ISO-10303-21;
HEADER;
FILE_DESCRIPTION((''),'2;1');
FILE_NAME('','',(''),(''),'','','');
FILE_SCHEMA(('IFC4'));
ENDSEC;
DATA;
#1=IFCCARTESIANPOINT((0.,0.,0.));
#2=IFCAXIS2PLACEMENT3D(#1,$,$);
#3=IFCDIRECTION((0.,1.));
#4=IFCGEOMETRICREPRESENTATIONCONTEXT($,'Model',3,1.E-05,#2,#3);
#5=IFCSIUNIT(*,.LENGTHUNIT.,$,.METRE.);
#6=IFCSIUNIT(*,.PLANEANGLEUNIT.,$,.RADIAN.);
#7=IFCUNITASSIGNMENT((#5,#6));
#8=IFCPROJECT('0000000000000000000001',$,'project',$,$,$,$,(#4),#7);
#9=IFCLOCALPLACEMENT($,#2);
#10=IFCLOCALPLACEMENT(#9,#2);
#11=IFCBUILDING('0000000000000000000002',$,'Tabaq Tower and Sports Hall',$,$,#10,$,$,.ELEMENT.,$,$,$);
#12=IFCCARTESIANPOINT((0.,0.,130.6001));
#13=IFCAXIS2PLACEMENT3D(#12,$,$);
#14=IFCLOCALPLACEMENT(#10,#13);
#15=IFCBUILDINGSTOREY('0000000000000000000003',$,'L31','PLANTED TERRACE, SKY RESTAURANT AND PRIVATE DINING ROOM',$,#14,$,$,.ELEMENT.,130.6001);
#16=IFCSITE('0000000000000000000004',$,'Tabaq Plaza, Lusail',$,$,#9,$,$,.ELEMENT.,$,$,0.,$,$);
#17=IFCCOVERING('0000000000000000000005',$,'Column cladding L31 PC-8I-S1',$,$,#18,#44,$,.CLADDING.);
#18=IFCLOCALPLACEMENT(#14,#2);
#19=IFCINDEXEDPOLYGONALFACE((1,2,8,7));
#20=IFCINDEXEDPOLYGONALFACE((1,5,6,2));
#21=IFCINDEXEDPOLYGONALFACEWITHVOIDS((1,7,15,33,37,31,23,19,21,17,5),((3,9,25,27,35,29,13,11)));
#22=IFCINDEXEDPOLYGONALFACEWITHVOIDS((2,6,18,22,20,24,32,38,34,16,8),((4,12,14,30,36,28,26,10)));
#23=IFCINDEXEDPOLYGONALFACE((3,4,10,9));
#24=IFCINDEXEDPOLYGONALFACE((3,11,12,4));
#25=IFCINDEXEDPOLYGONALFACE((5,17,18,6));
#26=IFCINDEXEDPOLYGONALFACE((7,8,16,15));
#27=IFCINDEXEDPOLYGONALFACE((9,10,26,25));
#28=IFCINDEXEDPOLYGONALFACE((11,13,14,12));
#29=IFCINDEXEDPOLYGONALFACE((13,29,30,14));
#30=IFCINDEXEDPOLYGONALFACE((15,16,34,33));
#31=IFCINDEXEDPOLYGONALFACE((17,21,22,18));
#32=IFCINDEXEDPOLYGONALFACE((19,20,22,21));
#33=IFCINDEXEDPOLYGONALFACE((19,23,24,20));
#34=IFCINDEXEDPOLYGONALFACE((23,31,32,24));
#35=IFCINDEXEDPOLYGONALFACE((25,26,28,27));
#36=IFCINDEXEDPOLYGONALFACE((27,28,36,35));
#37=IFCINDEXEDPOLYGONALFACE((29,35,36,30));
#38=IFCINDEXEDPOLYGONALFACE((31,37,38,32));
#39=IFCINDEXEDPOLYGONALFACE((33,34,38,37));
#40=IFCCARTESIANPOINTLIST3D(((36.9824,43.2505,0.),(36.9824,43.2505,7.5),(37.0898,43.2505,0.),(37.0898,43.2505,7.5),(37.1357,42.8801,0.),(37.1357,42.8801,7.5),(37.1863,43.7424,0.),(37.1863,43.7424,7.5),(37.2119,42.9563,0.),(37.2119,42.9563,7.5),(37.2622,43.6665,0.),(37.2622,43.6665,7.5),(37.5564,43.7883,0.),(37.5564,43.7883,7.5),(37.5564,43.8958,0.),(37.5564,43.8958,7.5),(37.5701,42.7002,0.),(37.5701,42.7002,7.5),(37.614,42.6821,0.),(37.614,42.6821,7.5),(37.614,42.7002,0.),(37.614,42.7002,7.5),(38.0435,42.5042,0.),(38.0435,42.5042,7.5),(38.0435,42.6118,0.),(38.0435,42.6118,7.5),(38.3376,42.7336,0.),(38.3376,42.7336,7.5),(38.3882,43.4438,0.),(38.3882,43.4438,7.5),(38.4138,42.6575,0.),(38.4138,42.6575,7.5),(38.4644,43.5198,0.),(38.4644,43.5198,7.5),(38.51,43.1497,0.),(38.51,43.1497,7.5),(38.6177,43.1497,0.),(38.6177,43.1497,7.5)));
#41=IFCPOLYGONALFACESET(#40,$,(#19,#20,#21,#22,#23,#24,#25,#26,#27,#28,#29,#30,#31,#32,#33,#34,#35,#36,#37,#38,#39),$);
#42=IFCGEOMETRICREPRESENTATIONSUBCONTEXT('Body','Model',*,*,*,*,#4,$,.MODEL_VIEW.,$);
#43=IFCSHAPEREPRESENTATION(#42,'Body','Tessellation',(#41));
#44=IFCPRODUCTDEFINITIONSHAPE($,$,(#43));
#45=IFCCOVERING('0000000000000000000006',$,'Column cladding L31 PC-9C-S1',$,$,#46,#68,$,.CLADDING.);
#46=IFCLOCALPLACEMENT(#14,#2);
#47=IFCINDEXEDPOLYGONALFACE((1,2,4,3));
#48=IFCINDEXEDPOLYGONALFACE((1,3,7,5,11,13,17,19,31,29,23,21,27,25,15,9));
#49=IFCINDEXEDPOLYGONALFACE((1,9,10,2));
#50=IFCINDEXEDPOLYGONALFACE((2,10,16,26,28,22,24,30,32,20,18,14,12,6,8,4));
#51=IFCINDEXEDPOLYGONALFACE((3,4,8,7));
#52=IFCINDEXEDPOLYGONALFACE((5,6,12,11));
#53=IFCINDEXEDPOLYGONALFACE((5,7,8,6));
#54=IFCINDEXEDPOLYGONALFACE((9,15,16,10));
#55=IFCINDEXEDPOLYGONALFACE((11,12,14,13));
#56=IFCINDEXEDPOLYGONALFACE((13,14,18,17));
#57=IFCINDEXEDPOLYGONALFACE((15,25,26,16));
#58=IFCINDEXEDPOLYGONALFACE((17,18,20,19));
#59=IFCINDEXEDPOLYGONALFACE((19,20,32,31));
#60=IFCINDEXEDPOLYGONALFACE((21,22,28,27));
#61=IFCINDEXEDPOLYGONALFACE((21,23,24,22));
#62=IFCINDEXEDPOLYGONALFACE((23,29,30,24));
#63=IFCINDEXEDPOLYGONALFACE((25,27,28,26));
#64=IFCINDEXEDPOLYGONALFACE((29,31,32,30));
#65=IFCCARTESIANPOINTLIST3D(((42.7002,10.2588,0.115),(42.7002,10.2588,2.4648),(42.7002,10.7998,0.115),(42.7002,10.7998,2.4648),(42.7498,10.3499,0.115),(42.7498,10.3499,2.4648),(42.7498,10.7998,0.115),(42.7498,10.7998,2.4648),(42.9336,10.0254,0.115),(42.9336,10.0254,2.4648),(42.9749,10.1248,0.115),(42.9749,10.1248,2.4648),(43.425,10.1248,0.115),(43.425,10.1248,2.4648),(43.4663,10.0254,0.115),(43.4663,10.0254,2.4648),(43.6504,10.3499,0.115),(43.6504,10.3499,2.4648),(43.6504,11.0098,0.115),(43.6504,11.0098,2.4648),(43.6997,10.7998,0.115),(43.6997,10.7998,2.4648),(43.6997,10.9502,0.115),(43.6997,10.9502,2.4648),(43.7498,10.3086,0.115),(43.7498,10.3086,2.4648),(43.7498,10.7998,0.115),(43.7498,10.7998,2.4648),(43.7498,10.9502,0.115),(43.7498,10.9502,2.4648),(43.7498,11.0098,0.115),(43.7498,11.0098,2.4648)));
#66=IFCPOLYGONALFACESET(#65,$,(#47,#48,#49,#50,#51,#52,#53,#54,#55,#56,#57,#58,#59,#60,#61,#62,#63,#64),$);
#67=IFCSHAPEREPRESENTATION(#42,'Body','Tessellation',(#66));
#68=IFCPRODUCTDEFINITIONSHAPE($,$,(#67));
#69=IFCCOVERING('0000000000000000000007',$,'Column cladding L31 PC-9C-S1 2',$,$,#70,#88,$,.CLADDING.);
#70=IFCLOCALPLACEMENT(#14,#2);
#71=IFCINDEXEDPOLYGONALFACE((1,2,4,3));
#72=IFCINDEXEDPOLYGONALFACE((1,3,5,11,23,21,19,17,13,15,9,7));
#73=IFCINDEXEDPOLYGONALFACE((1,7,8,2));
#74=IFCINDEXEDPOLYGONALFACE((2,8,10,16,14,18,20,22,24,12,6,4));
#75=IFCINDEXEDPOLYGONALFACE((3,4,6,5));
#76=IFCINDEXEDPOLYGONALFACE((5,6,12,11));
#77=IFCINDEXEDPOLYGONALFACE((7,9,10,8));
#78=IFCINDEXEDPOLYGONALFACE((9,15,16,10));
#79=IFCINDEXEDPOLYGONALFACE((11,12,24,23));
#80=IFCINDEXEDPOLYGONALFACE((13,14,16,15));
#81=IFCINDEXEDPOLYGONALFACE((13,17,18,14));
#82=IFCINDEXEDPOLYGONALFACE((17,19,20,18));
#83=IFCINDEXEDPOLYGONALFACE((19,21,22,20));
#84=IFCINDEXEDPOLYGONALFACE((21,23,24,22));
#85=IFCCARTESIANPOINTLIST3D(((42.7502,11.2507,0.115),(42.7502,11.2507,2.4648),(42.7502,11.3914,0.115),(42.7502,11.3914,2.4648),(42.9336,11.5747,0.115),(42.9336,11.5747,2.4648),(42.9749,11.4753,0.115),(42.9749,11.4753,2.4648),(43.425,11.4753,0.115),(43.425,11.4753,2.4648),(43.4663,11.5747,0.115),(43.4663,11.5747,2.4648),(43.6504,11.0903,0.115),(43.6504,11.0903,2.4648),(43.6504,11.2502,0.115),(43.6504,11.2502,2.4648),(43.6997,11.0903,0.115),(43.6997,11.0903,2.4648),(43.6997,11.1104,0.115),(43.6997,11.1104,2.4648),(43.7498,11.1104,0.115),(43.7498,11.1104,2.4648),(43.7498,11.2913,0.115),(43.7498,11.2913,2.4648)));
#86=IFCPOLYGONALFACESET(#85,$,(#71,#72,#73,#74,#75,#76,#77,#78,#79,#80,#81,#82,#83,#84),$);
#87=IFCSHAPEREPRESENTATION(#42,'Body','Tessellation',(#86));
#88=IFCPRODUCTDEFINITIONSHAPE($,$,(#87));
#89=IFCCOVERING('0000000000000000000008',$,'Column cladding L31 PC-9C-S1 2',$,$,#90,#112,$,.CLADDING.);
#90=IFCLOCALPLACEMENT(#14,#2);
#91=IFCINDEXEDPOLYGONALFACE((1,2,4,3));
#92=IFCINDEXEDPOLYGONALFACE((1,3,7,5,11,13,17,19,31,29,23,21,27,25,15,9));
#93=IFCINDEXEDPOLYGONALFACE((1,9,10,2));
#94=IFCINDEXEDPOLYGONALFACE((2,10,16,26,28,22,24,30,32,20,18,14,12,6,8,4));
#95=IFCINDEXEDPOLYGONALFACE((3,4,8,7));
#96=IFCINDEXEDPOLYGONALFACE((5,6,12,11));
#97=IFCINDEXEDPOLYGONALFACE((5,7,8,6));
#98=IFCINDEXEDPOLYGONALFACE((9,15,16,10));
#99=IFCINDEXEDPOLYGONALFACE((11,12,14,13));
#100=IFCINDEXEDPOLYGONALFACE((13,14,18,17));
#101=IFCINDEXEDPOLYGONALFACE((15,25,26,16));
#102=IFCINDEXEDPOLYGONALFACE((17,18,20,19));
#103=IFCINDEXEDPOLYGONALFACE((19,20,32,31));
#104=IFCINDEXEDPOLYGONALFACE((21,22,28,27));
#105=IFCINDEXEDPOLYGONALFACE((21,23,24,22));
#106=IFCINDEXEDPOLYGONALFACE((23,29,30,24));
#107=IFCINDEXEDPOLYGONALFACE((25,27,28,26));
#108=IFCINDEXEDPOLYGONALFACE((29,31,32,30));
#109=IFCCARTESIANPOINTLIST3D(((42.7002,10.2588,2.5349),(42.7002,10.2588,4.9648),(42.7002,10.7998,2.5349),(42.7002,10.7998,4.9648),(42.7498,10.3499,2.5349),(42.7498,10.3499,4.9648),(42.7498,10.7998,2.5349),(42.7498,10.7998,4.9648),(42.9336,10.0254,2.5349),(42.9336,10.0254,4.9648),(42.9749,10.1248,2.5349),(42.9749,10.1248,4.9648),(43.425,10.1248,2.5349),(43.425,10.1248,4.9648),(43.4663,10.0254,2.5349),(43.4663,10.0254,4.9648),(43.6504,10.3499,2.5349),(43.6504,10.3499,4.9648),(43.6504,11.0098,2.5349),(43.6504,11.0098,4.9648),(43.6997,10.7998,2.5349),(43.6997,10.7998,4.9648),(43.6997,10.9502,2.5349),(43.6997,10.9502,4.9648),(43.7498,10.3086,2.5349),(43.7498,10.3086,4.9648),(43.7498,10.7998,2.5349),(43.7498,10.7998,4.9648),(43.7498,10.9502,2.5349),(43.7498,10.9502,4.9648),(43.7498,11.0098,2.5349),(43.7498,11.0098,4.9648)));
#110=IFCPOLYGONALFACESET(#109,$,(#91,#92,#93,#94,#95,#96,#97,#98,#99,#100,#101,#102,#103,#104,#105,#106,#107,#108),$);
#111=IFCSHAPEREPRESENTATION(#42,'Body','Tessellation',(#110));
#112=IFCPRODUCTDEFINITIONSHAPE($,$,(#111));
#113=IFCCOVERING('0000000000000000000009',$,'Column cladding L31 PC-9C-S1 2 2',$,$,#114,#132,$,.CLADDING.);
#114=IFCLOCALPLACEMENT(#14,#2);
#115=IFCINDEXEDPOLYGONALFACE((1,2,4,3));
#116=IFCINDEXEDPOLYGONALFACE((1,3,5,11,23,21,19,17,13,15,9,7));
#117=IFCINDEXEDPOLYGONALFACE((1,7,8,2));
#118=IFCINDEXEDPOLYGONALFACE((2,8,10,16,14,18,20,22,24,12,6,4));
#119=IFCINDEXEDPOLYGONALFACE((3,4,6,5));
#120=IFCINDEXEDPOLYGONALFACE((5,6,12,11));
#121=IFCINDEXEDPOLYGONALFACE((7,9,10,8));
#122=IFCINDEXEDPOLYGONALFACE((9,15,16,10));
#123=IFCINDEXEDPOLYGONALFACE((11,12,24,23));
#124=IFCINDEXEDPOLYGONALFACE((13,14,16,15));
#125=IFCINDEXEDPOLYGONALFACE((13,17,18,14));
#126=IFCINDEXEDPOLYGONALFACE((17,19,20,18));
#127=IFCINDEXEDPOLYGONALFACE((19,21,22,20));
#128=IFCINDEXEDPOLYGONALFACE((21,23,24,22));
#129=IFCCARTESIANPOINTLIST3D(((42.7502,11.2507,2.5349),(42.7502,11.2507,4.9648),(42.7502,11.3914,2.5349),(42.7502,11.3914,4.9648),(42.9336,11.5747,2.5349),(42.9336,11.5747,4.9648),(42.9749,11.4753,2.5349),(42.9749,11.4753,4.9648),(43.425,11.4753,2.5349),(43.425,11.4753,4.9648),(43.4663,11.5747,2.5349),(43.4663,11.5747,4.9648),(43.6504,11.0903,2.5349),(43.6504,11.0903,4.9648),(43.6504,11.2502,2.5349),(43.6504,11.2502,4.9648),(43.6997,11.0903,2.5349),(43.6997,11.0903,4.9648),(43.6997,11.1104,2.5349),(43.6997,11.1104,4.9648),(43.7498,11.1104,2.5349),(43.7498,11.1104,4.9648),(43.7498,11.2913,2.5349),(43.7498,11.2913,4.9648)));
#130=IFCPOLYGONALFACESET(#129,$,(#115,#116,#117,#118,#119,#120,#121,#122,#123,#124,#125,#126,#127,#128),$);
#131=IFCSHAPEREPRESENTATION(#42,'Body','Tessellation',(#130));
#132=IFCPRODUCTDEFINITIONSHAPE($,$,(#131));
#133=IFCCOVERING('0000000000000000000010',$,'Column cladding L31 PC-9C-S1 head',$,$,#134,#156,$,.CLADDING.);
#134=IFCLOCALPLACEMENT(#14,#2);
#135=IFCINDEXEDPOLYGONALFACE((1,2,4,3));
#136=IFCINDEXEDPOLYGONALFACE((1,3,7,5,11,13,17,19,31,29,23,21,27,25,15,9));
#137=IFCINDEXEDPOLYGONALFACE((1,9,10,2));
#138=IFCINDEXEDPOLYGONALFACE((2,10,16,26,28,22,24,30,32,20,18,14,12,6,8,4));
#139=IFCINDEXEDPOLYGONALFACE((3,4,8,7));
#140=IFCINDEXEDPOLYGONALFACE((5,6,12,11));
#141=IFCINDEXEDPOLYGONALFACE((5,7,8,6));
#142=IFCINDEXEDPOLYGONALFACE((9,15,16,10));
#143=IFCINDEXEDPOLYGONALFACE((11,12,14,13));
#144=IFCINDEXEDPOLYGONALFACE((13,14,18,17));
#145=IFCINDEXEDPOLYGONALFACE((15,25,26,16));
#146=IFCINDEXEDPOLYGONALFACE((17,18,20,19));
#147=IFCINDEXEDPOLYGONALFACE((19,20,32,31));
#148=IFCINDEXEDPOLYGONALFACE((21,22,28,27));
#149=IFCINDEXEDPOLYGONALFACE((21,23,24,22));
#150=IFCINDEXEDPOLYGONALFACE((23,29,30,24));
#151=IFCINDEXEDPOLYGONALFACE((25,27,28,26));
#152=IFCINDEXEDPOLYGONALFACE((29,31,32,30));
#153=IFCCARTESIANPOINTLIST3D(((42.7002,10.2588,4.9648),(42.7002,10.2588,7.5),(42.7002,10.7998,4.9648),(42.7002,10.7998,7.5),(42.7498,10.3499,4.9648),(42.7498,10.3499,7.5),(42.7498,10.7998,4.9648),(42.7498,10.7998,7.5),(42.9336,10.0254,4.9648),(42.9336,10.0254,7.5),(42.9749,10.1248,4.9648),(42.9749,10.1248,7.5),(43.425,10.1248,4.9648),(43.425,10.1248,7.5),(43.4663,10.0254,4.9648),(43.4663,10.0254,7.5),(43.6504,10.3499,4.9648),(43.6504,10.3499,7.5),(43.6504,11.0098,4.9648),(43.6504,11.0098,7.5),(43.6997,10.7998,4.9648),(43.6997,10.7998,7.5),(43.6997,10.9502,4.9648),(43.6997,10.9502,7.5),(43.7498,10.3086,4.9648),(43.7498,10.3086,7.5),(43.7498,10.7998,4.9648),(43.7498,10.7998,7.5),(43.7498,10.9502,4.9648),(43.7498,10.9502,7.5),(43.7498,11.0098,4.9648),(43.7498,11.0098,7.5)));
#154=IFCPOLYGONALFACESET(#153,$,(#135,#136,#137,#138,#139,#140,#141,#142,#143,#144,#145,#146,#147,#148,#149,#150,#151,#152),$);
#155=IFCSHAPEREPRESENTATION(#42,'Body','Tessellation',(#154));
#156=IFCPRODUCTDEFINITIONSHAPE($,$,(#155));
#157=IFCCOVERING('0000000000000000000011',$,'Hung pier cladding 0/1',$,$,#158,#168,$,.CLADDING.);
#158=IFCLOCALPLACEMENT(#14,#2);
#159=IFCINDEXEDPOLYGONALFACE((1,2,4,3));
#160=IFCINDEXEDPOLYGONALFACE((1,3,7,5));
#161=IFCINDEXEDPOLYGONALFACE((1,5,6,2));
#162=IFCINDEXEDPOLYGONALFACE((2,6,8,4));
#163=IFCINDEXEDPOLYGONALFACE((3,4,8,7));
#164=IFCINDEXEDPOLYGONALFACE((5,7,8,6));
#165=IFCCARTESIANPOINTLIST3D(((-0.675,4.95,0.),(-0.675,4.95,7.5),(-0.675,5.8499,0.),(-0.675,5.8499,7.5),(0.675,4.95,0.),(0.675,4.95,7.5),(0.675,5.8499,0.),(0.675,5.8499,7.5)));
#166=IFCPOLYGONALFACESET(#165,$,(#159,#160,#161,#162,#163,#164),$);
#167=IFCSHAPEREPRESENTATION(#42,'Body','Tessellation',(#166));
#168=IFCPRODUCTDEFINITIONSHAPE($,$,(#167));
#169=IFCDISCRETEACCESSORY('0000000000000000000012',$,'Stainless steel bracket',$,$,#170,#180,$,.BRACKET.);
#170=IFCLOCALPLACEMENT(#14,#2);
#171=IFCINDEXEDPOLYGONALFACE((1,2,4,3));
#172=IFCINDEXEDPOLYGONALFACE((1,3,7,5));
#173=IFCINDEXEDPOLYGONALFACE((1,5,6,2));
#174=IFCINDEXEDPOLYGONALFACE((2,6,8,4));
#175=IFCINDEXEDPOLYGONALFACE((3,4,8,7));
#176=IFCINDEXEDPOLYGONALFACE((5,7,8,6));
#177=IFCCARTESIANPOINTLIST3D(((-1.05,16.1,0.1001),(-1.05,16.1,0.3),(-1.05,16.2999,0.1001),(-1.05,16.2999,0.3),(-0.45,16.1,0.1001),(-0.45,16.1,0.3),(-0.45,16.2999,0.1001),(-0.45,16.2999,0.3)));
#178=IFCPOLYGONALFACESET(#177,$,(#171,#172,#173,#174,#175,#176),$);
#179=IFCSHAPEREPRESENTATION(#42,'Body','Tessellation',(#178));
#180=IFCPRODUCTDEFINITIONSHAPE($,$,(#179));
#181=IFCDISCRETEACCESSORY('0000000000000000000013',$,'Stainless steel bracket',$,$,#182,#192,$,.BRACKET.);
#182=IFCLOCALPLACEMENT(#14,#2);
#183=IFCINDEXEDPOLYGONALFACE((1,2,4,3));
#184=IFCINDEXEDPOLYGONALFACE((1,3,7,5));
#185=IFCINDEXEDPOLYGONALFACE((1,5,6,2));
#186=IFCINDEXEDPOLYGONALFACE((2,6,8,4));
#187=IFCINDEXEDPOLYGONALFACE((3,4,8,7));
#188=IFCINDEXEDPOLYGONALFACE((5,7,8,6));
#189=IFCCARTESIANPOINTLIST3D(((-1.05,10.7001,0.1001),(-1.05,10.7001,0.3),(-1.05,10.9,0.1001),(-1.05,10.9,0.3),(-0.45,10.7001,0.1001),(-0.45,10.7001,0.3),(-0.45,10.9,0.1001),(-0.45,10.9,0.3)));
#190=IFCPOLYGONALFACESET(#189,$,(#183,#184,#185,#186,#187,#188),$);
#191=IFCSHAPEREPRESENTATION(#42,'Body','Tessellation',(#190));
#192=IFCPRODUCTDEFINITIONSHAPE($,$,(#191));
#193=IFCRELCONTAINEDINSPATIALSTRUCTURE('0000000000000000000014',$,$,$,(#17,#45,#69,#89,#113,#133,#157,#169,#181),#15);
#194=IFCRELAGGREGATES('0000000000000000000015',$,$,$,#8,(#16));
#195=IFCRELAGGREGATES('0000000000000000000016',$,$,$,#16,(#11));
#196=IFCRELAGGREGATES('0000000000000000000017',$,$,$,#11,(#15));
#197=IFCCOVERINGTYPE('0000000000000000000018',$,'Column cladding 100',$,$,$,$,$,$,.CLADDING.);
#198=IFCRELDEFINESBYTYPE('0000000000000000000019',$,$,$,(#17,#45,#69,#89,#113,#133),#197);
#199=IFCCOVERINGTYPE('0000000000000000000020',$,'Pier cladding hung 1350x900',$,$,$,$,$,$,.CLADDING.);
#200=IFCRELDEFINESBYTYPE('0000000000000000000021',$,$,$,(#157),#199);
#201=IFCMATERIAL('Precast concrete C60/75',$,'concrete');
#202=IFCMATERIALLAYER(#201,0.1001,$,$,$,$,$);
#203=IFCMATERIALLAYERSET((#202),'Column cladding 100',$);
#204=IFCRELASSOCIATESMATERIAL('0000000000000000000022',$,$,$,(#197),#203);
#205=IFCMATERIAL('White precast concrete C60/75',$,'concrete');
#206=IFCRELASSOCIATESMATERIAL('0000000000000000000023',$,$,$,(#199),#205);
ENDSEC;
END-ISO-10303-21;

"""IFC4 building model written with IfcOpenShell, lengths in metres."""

from ifc_helpers import new_model, si_unit, direction, frame, frame_2d, origin, origin_2d, place, context, subcontext, project, spatial, polyline, rectangle, outline, extrude, material, layer, layer_set, type_object, element, save


model = new_model("IFC4")

# Units and contexts
model_context = context("Model", 3, precision=1e-05, world=origin(), true_north=direction((0.0, 1.0)))
body_context = subcontext(model_context, "Body", "Model", "MODEL_VIEW")
ifc_project = project(units=[si_unit("LENGTHUNIT", "METRE"), si_unit("PLANEANGLEUNIT", "RADIAN")], contexts=[model_context])

# Site, building, storey
site_placement = place(None, origin())
site = spatial("IfcSite", under=ifc_project, at=site_placement, Name="Tabaq Plaza, Lusail", CompositionType="ELEMENT", RefElevation=0.0)
building_placement = place(site_placement, origin())
building = spatial("IfcBuilding", under=site, at=building_placement, Name="Tabaq Tower and Sports Hall", CompositionType="ELEMENT")
storey_placement = place(building_placement, frame((0.0, 0.0, 130.6001)))
storey = spatial("IfcBuildingStorey", under=building, at=storey_placement, Name="L31", Description="PLANTED TERRACE, SKY RESTAURANT AND PRIVATE DINING ROOM", CompositionType="ELEMENT", Elevation=130.6001)

# Coverings
ifc_material_1 = material(Name="Precast concrete C60/75", Category="concrete")
ifc_layer = layer(ifc_material_1, 0.1001)
ifc_layer_set = layer_set([ifc_layer], Name="Column cladding 100")
covering_type_1 = type_object("IfcCoveringType", Name="Column cladding 100", PredefinedType="CLADDING", material=ifc_layer_set)
covering_1_placement = place(storey_placement, origin())
element("IfcCovering", 1, at=covering_1_placement, inside=storey, type_object=covering_type_1, Name="Column cladding L31 PC-8I-S1", PredefinedType="CLADDING", context=body_context, shape_type="SweptSolid", body=[
    extrude(outline(polyline([(38.4138, 42.6575), (38.0435, 42.5042), (37.614, 42.6821), (37.614, 42.7002), (37.5701, 42.7002), (37.1357, 42.8801), (36.9824, 43.2505), (37.1863, 43.7424), (37.5564, 43.8958), (38.4644, 43.5198), (38.6177, 43.1497), (38.4138, 42.6575)]), holes=[polyline([(37.2622, 43.6665), (37.0898, 43.2505), (37.2119, 42.9563), (38.0435, 42.6118), (38.3376, 42.7336), (38.51, 43.1497), (38.3882, 43.4438), (37.5564, 43.7883), (37.2622, 43.6665)])]), origin(), (0.0, 0.0, 1.0), 7.5),
])
covering_2_placement = place(storey_placement, frame((0.0, 0.0, 0.115)))
element("IfcCovering", 2, at=covering_2_placement, inside=storey, type_object=covering_type_1, Name="Column cladding L31 PC-9C-S1", PredefinedType="CLADDING", context=body_context, shape_type="SweptSolid", body=[
    extrude(outline(polyline([(42.9336, 10.0254), (42.7002, 10.2588), (42.7002, 10.7998), (42.7498, 10.7998), (42.7498, 10.3499), (42.9749, 10.1248), (43.425, 10.1248), (43.6504, 10.3499), (43.6504, 11.0098), (43.7498, 11.0098), (43.7498, 10.9502), (43.6997, 10.9502), (43.6997, 10.7998), (43.7498, 10.7998), (43.7498, 10.3086), (43.4663, 10.0254), (42.9336, 10.0254)])), origin(), (0.0, 0.0, 1.0), 2.3499),
])
covering_3_placement = place(storey_placement, frame((0.0, 0.0, 0.115)))
element("IfcCovering", 3, at=covering_3_placement, inside=storey, type_object=covering_type_1, Name="Column cladding L31 PC-9C-S1 2", PredefinedType="CLADDING", context=body_context, shape_type="SweptSolid", body=[
    extrude(outline(polyline([(42.9336, 11.5747), (43.4663, 11.5747), (43.7498, 11.2913), (43.7498, 11.1104), (43.6997, 11.1104), (43.6997, 11.0903), (43.6504, 11.0903), (43.6504, 11.2502), (43.425, 11.4753), (42.9749, 11.4753), (42.7502, 11.2507), (42.7502, 11.3914), (42.9336, 11.5747)])), origin(), (0.0, 0.0, 1.0), 2.3499),
])
covering_4_placement = place(storey_placement, frame((0.0, 0.0, 2.5349)))
element("IfcCovering", 4, at=covering_4_placement, inside=storey, type_object=covering_type_1, Name="Column cladding L31 PC-9C-S1 2", PredefinedType="CLADDING", context=body_context, shape_type="SweptSolid", body=[
    extrude(outline(polyline([(42.9336, 10.0254), (42.7002, 10.2588), (42.7002, 10.7998), (42.7498, 10.7998), (42.7498, 10.3499), (42.9749, 10.1248), (43.425, 10.1248), (43.6504, 10.3499), (43.6504, 11.0098), (43.7498, 11.0098), (43.7498, 10.9502), (43.6997, 10.9502), (43.6997, 10.7998), (43.7498, 10.7998), (43.7498, 10.3086), (43.4663, 10.0254), (42.9336, 10.0254)])), origin(), (0.0, 0.0, 1.0), 2.4299),
])
covering_5_placement = place(storey_placement, frame((0.0, 0.0, 2.5349)))
element("IfcCovering", 5, at=covering_5_placement, inside=storey, type_object=covering_type_1, Name="Column cladding L31 PC-9C-S1 2 2", PredefinedType="CLADDING", context=body_context, shape_type="SweptSolid", body=[
    extrude(outline(polyline([(42.9336, 11.5747), (43.4663, 11.5747), (43.7498, 11.2913), (43.7498, 11.1104), (43.6997, 11.1104), (43.6997, 11.0903), (43.6504, 11.0903), (43.6504, 11.2502), (43.425, 11.4753), (42.9749, 11.4753), (42.7502, 11.2507), (42.7502, 11.3914), (42.9336, 11.5747)])), origin(), (0.0, 0.0, 1.0), 2.4299),
])
covering_6_placement = place(storey_placement, frame((0.0, 0.0, 4.9648)))
element("IfcCovering", 6, at=covering_6_placement, inside=storey, type_object=covering_type_1, Name="Column cladding L31 PC-9C-S1 head", PredefinedType="CLADDING", context=body_context, shape_type="SweptSolid", body=[
    extrude(outline(polyline([(42.7002, 10.2588), (42.7002, 10.7998), (42.7498, 10.7998), (42.7498, 10.3499), (42.9749, 10.1248), (43.425, 10.1248), (43.6504, 10.3499), (43.6504, 11.0098), (43.7498, 11.0098), (43.7498, 10.9502), (43.6997, 10.9502), (43.6997, 10.7998), (43.7498, 10.7998), (43.7498, 10.3086), (43.4663, 10.0254), (42.9336, 10.0254), (42.7002, 10.2588)])), origin(), (0.0, 0.0, 1.0), 2.5352),
])
ifc_material_2 = material(Name="White precast concrete C60/75", Category="concrete")
covering_type_2 = type_object("IfcCoveringType", Name="Pier cladding hung 1350x900", PredefinedType="CLADDING", material=ifc_material_2)
covering_7_placement = place(storey_placement, frame((-0.675, 5.3999, 0.0), z_axis=(0.0, 0.0, 1.0), x_axis=(1.0, 0.0, 0.0)))
element("IfcCovering", 7, at=covering_7_placement, inside=storey, type_object=covering_type_2, Name="Hung pier cladding 0/1", PredefinedType="CLADDING", context=body_context, shape_type="SweptSolid", body=[
    extrude(rectangle(XDim=1.3501, YDim=0.8999, at=frame_2d((0.675, 0.0))), origin(), (0.0, 0.0, 1.0), 7.5),
])

# Discrete accessories
for number, where, z_axis, x_axis, name in (
    (8, (-0.75, 16.2, 0.1001), (0.0, 0.0, 1.0), (-1.0, 0.0, 0.0), "Stainless steel bracket"),
    (9, (-0.75, 10.8, 0.1001), (0.0, 0.0, 1.0), (-1.0, 0.0, 0.0), "Stainless steel bracket"),
):
    element("IfcDiscreteAccessory", number, at=place(storey_placement, frame(where, z_axis=z_axis, x_axis=x_axis)), inside=storey, Name=name, PredefinedType="BRACKET", context=body_context, shape_type="SweptSolid", body=[
        extrude(rectangle(XDim=0.6001, YDim=0.2, at=origin_2d()), origin(), (0.0, 0.0, 1.0), 0.2),
    ])

save(model, "model.ifc")
